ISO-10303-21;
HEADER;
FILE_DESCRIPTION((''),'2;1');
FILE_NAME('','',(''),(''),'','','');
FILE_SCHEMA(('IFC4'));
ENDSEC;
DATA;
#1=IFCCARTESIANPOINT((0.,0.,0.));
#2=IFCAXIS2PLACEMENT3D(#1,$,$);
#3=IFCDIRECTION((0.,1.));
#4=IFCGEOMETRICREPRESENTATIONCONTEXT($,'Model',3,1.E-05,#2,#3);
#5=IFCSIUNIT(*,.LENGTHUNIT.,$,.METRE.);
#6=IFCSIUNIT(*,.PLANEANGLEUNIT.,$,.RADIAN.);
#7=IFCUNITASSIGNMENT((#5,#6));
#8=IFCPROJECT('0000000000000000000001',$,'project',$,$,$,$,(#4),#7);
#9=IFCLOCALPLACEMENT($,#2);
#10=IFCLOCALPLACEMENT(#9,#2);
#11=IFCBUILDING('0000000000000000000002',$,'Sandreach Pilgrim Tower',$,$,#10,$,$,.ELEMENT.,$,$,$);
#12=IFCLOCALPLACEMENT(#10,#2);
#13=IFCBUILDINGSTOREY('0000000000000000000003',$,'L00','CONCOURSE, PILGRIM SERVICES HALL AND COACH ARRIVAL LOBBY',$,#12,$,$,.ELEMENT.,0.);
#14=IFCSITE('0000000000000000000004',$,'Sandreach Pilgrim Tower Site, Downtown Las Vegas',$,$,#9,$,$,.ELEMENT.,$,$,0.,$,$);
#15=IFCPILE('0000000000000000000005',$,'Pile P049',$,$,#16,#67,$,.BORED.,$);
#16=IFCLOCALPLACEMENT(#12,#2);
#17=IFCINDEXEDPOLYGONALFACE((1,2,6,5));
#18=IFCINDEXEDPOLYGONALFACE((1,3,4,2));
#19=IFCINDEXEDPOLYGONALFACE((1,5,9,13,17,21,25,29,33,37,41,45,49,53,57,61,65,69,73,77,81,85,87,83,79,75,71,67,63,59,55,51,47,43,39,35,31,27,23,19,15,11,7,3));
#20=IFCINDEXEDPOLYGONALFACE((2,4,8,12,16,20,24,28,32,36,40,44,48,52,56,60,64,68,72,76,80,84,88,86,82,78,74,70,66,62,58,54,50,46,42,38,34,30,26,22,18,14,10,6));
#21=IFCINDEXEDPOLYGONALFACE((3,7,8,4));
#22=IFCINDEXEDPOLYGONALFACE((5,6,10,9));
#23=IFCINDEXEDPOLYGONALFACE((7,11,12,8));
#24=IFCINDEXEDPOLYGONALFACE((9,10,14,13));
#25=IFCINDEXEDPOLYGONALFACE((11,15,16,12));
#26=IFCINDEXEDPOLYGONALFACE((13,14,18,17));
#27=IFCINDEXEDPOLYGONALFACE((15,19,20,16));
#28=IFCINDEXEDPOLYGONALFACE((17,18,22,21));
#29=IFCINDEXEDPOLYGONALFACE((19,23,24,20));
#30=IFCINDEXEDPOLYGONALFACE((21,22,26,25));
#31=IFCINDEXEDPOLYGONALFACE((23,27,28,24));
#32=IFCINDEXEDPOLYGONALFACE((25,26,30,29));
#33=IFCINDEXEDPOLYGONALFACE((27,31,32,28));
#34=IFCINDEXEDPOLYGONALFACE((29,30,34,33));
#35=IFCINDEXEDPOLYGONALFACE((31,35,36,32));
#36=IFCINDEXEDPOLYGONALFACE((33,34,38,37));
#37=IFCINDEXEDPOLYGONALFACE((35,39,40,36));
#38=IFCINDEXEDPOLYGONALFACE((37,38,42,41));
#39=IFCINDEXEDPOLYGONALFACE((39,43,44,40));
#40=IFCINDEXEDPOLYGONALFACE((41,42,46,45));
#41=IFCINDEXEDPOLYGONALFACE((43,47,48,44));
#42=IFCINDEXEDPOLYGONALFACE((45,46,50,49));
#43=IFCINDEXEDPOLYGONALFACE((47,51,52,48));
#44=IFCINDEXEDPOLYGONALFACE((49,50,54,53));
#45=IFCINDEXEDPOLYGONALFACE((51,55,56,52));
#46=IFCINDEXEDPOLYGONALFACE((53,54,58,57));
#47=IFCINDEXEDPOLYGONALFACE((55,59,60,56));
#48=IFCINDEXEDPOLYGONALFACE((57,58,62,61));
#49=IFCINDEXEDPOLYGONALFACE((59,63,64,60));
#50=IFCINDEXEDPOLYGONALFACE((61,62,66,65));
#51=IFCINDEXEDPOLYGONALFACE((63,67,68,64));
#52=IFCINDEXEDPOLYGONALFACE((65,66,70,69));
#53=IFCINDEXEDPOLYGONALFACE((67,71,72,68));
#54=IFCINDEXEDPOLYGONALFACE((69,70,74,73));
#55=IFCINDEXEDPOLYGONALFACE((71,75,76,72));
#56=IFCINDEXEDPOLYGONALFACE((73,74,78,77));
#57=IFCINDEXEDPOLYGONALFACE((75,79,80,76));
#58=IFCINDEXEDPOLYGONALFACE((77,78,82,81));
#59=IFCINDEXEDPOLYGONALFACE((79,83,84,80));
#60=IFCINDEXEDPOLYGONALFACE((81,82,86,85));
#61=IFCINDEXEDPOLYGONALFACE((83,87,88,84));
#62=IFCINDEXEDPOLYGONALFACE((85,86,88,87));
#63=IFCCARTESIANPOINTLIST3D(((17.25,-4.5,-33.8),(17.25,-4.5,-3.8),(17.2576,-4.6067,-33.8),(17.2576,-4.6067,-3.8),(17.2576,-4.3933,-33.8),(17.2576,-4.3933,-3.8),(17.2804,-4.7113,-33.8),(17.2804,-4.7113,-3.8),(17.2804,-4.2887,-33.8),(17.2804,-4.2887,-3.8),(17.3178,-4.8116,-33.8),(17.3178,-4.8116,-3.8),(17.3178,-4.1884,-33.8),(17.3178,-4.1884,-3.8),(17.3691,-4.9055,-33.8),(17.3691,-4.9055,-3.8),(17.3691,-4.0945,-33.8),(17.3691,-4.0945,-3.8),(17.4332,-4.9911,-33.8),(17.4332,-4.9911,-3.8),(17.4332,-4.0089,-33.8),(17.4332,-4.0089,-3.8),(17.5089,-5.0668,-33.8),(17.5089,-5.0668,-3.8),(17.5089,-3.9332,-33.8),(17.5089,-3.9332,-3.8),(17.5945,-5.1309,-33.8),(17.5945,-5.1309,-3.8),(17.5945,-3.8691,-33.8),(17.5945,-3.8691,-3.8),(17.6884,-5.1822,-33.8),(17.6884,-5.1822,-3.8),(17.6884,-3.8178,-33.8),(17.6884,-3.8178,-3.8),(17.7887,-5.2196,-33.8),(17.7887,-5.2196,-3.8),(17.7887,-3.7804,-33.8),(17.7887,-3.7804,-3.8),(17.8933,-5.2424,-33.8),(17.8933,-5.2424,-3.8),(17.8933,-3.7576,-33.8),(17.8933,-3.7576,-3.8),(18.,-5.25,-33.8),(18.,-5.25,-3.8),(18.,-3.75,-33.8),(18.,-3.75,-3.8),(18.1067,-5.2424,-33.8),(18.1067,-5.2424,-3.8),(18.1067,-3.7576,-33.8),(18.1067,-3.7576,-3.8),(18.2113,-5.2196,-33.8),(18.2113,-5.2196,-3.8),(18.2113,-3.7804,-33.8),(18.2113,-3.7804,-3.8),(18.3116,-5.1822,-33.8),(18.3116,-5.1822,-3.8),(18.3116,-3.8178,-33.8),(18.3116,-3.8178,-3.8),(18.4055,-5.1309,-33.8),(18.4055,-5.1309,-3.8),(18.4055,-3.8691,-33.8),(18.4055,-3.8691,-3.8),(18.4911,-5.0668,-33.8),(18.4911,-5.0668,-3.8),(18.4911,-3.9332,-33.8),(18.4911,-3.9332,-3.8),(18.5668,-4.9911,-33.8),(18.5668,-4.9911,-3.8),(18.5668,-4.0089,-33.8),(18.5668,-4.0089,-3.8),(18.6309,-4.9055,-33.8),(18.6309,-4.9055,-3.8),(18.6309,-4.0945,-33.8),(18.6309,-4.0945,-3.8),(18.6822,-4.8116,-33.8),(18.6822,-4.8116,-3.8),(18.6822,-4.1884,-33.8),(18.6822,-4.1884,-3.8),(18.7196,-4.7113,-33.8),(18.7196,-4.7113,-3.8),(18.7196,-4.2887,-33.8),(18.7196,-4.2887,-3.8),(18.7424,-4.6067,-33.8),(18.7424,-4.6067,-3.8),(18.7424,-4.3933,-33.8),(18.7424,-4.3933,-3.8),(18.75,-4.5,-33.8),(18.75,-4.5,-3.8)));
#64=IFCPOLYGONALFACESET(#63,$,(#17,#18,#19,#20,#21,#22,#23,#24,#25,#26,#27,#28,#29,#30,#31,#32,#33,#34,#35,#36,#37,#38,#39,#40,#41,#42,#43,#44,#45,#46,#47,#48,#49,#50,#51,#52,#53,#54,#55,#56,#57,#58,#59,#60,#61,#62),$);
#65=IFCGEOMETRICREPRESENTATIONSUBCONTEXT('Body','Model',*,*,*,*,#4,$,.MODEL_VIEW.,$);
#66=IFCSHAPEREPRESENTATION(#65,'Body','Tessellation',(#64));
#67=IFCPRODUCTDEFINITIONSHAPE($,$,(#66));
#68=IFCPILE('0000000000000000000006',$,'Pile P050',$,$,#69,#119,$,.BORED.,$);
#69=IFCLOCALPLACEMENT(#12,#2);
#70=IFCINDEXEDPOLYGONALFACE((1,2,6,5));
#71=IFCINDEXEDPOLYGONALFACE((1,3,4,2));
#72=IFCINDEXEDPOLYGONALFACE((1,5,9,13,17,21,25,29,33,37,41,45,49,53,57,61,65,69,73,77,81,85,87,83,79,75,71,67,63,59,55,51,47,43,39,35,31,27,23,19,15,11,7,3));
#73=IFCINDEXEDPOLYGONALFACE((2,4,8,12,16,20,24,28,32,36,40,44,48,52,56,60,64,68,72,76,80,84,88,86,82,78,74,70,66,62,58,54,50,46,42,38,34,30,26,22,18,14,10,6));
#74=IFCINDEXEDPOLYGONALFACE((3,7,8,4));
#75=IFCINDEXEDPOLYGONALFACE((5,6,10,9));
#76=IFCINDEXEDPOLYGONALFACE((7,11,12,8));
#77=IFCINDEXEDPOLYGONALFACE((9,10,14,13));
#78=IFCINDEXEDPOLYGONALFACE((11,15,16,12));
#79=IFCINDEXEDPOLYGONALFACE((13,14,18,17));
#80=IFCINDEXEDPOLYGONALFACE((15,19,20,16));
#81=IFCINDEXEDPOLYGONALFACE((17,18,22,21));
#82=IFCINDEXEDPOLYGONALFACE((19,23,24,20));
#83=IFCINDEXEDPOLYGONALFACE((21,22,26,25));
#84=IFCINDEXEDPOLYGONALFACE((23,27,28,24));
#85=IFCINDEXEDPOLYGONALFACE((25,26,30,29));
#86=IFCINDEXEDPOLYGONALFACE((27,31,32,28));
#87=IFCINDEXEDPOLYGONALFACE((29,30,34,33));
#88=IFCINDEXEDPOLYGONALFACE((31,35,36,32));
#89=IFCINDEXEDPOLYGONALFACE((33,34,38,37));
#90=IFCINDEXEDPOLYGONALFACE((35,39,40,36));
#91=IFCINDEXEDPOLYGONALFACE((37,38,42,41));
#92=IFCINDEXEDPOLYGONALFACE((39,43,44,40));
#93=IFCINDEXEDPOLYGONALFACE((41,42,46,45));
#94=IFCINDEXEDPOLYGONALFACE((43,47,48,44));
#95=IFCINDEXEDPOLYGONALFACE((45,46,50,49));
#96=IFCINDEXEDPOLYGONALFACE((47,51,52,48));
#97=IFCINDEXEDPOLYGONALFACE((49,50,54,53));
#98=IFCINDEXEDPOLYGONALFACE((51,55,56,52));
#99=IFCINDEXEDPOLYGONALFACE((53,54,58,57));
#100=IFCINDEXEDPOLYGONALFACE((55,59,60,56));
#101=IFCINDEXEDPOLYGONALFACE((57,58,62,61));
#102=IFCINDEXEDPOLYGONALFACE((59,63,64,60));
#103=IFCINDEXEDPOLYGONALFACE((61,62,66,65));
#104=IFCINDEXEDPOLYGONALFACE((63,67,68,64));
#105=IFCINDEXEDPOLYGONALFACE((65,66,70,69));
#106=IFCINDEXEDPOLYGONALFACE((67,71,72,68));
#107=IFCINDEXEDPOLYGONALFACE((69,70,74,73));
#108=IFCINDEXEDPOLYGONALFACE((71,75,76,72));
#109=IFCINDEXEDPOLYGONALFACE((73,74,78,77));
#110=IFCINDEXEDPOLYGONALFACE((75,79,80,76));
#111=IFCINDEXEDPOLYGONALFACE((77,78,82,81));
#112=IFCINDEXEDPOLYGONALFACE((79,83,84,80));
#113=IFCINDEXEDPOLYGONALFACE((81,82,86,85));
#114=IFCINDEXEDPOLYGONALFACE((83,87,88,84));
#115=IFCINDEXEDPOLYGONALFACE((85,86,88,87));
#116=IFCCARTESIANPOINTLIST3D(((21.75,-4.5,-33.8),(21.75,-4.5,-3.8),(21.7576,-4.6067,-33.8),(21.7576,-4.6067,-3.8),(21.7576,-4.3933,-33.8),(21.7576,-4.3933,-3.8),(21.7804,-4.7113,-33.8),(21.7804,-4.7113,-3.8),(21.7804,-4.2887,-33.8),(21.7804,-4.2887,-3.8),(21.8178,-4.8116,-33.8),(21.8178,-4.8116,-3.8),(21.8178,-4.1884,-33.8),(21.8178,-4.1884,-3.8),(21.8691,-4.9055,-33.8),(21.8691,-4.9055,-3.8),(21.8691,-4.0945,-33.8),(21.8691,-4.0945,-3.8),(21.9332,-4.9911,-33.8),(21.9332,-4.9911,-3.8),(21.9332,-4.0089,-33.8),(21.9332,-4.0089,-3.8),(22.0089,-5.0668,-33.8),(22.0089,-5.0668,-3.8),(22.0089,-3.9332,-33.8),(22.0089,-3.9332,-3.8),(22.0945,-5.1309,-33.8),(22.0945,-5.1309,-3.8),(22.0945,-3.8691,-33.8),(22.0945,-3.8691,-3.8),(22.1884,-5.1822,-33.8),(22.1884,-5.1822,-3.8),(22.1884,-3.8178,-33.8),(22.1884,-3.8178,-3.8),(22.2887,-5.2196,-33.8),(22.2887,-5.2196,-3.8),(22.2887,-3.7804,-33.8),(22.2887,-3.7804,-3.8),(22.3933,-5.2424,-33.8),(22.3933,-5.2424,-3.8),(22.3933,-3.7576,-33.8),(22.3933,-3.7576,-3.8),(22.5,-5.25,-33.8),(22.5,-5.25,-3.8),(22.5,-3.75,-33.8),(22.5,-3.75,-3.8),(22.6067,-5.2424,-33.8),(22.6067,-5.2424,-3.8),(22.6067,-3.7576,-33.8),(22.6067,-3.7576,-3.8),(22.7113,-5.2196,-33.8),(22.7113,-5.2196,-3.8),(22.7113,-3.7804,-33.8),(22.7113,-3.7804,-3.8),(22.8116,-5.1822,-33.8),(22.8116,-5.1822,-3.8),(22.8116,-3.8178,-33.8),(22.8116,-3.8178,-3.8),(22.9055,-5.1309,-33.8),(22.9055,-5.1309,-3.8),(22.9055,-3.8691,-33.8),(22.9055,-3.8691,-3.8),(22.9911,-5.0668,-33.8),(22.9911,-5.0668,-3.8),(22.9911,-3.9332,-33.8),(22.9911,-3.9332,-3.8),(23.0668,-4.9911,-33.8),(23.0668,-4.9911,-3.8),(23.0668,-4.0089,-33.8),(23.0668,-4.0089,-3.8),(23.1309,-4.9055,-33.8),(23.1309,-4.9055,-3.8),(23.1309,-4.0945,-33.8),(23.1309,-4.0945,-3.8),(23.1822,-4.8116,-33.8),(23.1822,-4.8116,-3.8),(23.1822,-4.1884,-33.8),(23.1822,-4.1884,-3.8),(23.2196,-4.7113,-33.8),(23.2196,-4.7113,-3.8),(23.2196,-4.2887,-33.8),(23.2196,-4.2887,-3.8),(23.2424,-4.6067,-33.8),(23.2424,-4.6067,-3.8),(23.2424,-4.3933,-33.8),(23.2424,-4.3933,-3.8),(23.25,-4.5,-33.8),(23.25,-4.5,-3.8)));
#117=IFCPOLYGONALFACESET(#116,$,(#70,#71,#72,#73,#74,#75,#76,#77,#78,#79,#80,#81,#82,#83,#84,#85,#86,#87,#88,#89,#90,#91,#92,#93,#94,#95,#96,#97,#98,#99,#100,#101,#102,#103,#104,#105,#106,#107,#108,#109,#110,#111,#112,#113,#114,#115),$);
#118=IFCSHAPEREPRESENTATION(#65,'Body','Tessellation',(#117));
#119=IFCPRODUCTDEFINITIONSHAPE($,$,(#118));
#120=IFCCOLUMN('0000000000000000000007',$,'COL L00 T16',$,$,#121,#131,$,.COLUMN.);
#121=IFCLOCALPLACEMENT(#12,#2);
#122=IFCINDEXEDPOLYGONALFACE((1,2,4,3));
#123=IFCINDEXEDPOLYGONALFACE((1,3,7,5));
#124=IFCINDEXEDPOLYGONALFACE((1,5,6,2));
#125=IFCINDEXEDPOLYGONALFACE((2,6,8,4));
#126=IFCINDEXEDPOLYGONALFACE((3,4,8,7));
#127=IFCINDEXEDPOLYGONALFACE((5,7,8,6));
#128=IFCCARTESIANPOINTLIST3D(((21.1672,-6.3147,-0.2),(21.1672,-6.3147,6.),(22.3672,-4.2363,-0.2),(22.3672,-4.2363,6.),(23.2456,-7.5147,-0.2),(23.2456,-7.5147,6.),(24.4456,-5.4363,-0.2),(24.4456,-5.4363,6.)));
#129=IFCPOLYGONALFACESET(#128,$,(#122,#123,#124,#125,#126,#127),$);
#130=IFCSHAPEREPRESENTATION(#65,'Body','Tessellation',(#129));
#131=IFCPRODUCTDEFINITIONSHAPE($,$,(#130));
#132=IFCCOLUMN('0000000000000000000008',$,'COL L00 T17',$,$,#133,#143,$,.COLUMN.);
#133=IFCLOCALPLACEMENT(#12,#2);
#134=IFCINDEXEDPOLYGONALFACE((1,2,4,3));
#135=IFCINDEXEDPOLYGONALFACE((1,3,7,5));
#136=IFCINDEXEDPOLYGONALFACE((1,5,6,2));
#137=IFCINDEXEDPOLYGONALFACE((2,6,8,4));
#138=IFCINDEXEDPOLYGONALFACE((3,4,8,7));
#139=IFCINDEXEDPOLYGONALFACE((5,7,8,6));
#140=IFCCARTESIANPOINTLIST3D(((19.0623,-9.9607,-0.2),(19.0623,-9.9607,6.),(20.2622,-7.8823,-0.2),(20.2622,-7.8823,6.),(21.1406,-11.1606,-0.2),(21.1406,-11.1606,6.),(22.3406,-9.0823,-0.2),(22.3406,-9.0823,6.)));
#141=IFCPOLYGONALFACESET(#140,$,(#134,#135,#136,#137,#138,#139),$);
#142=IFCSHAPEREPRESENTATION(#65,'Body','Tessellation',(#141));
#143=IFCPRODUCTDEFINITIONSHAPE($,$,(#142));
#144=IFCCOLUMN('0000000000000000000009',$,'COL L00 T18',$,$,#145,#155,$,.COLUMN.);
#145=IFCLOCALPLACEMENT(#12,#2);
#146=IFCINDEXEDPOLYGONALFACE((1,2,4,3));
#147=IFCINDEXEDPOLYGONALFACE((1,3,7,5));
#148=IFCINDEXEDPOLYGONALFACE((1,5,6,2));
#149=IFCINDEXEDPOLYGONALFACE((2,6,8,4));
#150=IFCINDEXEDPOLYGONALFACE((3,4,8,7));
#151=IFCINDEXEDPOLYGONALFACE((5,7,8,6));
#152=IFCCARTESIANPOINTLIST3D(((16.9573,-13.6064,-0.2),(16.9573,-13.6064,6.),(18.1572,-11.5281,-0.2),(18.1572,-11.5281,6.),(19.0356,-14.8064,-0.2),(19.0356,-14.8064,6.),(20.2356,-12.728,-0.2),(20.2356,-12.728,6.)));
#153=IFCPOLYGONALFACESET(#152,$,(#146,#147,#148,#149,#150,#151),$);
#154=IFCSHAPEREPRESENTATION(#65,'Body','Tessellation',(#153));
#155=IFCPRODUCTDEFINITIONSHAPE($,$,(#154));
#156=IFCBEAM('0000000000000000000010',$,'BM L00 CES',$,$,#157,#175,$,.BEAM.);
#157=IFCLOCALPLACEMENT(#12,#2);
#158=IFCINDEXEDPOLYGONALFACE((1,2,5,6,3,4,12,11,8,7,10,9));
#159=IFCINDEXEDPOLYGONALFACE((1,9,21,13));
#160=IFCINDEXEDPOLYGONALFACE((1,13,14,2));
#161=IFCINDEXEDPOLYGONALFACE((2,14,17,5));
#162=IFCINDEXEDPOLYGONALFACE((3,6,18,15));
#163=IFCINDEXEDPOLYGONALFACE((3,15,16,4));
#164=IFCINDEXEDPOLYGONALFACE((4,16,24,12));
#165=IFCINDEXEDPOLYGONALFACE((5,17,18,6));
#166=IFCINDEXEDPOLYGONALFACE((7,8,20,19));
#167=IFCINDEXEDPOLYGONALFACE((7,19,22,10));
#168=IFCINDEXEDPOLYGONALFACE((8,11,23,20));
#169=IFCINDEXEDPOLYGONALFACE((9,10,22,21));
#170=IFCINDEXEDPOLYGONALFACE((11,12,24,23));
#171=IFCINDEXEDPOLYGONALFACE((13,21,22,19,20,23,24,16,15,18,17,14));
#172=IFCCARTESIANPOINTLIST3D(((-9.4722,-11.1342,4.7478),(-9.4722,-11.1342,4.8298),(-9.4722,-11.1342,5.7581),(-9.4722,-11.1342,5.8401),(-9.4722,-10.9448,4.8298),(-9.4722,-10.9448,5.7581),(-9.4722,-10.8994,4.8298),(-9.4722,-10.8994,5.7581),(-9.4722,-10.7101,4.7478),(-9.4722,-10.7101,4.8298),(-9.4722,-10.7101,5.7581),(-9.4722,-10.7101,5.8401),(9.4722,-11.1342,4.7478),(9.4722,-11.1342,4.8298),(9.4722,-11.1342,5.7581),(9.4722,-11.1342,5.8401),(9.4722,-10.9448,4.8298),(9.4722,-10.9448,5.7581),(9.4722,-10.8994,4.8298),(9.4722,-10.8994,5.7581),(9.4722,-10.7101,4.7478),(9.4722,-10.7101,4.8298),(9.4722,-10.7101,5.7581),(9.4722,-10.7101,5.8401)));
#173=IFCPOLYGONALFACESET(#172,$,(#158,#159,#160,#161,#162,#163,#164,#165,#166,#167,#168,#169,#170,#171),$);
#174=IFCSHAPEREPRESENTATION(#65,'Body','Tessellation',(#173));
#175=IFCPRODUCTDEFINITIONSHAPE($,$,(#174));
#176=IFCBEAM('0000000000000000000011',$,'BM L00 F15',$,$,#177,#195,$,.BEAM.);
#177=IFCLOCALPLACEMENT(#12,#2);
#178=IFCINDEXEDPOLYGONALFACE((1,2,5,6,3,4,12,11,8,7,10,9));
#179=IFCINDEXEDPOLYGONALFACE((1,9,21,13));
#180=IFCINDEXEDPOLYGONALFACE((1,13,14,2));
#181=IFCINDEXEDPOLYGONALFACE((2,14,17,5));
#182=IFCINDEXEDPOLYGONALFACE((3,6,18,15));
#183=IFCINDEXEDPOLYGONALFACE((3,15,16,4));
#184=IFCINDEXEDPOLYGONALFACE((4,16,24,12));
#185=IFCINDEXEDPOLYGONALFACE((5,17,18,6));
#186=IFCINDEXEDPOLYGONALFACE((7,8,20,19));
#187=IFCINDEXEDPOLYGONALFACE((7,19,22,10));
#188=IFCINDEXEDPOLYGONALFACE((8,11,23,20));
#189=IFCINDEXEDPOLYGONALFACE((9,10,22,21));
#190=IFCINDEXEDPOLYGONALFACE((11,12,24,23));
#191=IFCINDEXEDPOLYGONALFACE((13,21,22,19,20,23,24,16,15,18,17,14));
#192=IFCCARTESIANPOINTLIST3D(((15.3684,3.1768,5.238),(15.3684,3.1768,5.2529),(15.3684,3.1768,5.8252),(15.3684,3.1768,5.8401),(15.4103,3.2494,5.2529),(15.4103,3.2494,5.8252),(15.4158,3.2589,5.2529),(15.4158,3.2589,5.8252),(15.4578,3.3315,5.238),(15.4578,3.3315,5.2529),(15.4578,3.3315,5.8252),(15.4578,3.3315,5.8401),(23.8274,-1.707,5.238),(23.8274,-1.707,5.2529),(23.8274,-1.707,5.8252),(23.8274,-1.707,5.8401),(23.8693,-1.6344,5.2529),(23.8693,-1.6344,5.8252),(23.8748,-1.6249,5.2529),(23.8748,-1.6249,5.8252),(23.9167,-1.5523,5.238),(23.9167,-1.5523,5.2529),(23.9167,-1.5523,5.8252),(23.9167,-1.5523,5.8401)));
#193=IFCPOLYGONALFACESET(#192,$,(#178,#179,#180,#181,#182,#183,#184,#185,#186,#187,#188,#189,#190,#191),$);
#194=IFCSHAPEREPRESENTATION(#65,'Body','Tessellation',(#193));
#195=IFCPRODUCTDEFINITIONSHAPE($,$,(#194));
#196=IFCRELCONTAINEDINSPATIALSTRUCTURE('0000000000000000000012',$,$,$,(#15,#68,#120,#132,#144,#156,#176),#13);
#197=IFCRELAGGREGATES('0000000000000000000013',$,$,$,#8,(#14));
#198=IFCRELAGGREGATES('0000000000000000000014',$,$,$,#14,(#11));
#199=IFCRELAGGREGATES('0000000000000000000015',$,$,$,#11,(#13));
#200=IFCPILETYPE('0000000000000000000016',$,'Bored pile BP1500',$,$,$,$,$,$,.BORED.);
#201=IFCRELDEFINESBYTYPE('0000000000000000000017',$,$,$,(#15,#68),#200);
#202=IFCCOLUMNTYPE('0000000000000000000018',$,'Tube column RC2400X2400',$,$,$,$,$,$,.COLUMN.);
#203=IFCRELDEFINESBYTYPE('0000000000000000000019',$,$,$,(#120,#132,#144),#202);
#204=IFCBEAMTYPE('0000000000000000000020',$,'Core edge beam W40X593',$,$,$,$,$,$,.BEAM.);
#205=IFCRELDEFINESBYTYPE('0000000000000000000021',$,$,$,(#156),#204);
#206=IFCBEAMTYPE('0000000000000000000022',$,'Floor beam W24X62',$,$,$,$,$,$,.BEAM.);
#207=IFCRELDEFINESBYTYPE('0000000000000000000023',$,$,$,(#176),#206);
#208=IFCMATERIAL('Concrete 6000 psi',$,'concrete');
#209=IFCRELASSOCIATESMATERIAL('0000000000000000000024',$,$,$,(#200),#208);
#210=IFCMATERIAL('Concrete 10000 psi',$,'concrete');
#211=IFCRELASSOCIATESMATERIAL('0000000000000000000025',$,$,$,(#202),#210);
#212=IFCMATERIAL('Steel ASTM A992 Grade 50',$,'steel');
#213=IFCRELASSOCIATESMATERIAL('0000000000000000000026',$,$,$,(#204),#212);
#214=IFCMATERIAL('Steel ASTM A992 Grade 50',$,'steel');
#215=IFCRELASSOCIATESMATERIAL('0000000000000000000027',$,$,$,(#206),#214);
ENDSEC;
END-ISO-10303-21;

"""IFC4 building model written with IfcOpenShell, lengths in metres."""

from ifc_helpers import new_model, si_unit, direction, frame, origin, origin_2d, place, context, subcontext, project, spatial, rectangle, circle, i_section, extrude, material, material_profile, profile_set, type_object, element, save


model = new_model("IFC4")

# Units and contexts
model_context = context("Model", 3, precision=1e-05, world=origin(), true_north=direction((0.0, 1.0)))
body_context = subcontext(model_context, "Body", "Model", "MODEL_VIEW")
ifc_project = project(units=[si_unit("LENGTHUNIT", "METRE"), si_unit("PLANEANGLEUNIT", "RADIAN")], contexts=[model_context])

# Site, building, storey
site_placement = place(None, origin())
site = spatial("IfcSite", under=ifc_project, at=site_placement, Name="Sandreach Pilgrim Tower Site, Downtown Las Vegas", CompositionType="ELEMENT", RefElevation=0.0)
building_placement = place(site_placement, origin())
building = spatial("IfcBuilding", under=site, at=building_placement, Name="Sandreach Pilgrim Tower", CompositionType="ELEMENT")
storey_placement = place(building_placement, origin())
storey = spatial("IfcBuildingStorey", under=building, at=storey_placement, Name="L00", Description="CONCOURSE, PILGRIM SERVICES HALL AND COACH ARRIVAL LOBBY", CompositionType="ELEMENT", Elevation=0.0)

# Piles
ifc_material_1 = material(Name="Concrete 6000 psi", Category="concrete")
ifc_material_profile_1 = material_profile(ifc_material_1, circle(Radius=0.75, at=origin_2d()), Name="BP1500")
ifc_profile_set_1 = profile_set([ifc_material_profile_1], Name="Concrete 6000 psi")
pile_type = type_object("IfcPileType", Name="Bored pile BP1500", PredefinedType="BORED", material=ifc_profile_set_1)
for number, where, z_axis, x_axis, name in (
    (1, (18.0, -4.5, -3.8), (0.0, 0.0, -1.0), (1.0, 0.0, 0.0), "Pile P049"),
    (2, (22.5, -4.5, -3.8), (0.0, 0.0, -1.0), (1.0, 0.0, 0.0), "Pile P050"),
):
    element("IfcPile", number, at=place(storey_placement, frame(where, z_axis=z_axis, x_axis=x_axis)), inside=storey, type_object=pile_type, Name=name, PredefinedType="BORED", context=body_context, shape_type="SweptSolid", body=[
        extrude(circle(Radius=0.75, at=origin_2d()), origin(), (0.0, 0.0, 1.0), 30.0),
    ])

# Columns
ifc_material_2 = material(Name="Concrete 10000 psi", Category="concrete")
ifc_material_profile_2 = material_profile(ifc_material_2, rectangle(XDim=2.3999, YDim=2.3999, at=origin_2d()), Name="RC2400X2400")
ifc_profile_set_2 = profile_set([ifc_material_profile_2], Name="Concrete 10000 psi")
column_type = type_object("IfcColumnType", Name="Tube column RC2400X2400", PredefinedType="COLUMN", material=ifc_profile_set_2)
for number, where, z_axis, x_axis, name in (
    (3, (22.8064, -5.8755, -0.2), (0.0, 0.0, 1.0), (0.866025, -0.5, 0.0), "COL L00 T16"),
    (4, (20.7014, -9.5215, -0.2), (0.0, 0.0, 1.0), (0.866025, -0.5, 0.0), "COL L00 T17"),
    (5, (18.5964, -13.1672, -0.2), (0.0, 0.0, 1.0), (0.866025, -0.5, 0.0), "COL L00 T18"),
):
    element("IfcColumn", number, at=place(storey_placement, frame(where, z_axis=z_axis, x_axis=x_axis)), inside=storey, type_object=column_type, Name=name, PredefinedType="COLUMN", context=body_context, shape_type="SweptSolid", body=[
        extrude(rectangle(XDim=2.3999, YDim=2.3999, at=origin_2d()), origin(), (0.0, 0.0, 1.0), 6.2),
    ])

# Beams
ifc_material_3 = material(Name="Steel ASTM A992 Grade 50", Category="steel")
ifc_material_profile_3 = material_profile(ifc_material_3, i_section(OverallWidth=0.4241, OverallDepth=1.0923, WebThickness=0.0454, FlangeThickness=0.082, at=origin_2d()), Name="W40X593")
ifc_profile_set_3 = profile_set([ifc_material_profile_3], Name="Steel ASTM A992 Grade 50")
beam_type_1 = type_object("IfcBeamType", Name="Core edge beam W40X593", PredefinedType="BEAM", material=ifc_profile_set_3)
beam_1_placement = place(storey_placement, frame((9.4722, -10.9221, 5.2939), z_axis=(-1.0, 0.0, 0.0), x_axis=(0.0, -1.0, 0.0)))
element("IfcBeam", 6, at=beam_1_placement, inside=storey, type_object=beam_type_1, Name="BM L00 CES", PredefinedType="BEAM", context=body_context, shape_type="SweptSolid", body=[
    extrude(i_section(OverallWidth=0.4241, OverallDepth=1.0923, WebThickness=0.0454, FlangeThickness=0.082, at=origin_2d()), origin(), (0.0, 0.0, 1.0), 18.9443),
])
ifc_material_4 = material(Name="Steel ASTM A992 Grade 50", Category="steel")
ifc_material_profile_4 = material_profile(ifc_material_4, i_section(OverallWidth=0.1787, OverallDepth=0.6021, WebThickness=0.011, FlangeThickness=0.0149, at=origin_2d()), Name="W24X62")
ifc_profile_set_4 = profile_set([ifc_material_profile_4], Name="Steel ASTM A992 Grade 50")
beam_type_2 = type_object("IfcBeamType", Name="Floor beam W24X62", PredefinedType="BEAM", material=ifc_profile_set_4)
beam_2_placement = place(storey_placement, frame((23.8721, -1.6296, 5.5391), z_axis=(-0.866026, 0.499999, 0.0), x_axis=(-0.499999, -0.866026, 0.0)))
element("IfcBeam", 7, at=beam_2_placement, inside=storey, type_object=beam_type_2, Name="BM L00 F15", PredefinedType="BEAM", context=body_context, shape_type="SweptSolid", body=[
    extrude(i_section(OverallWidth=0.1787, OverallDepth=0.6021, WebThickness=0.011, FlangeThickness=0.0149, at=origin_2d()), origin(), (0.0, 0.0, 1.0), 9.7676),
])

save(model, "model.ifc")
